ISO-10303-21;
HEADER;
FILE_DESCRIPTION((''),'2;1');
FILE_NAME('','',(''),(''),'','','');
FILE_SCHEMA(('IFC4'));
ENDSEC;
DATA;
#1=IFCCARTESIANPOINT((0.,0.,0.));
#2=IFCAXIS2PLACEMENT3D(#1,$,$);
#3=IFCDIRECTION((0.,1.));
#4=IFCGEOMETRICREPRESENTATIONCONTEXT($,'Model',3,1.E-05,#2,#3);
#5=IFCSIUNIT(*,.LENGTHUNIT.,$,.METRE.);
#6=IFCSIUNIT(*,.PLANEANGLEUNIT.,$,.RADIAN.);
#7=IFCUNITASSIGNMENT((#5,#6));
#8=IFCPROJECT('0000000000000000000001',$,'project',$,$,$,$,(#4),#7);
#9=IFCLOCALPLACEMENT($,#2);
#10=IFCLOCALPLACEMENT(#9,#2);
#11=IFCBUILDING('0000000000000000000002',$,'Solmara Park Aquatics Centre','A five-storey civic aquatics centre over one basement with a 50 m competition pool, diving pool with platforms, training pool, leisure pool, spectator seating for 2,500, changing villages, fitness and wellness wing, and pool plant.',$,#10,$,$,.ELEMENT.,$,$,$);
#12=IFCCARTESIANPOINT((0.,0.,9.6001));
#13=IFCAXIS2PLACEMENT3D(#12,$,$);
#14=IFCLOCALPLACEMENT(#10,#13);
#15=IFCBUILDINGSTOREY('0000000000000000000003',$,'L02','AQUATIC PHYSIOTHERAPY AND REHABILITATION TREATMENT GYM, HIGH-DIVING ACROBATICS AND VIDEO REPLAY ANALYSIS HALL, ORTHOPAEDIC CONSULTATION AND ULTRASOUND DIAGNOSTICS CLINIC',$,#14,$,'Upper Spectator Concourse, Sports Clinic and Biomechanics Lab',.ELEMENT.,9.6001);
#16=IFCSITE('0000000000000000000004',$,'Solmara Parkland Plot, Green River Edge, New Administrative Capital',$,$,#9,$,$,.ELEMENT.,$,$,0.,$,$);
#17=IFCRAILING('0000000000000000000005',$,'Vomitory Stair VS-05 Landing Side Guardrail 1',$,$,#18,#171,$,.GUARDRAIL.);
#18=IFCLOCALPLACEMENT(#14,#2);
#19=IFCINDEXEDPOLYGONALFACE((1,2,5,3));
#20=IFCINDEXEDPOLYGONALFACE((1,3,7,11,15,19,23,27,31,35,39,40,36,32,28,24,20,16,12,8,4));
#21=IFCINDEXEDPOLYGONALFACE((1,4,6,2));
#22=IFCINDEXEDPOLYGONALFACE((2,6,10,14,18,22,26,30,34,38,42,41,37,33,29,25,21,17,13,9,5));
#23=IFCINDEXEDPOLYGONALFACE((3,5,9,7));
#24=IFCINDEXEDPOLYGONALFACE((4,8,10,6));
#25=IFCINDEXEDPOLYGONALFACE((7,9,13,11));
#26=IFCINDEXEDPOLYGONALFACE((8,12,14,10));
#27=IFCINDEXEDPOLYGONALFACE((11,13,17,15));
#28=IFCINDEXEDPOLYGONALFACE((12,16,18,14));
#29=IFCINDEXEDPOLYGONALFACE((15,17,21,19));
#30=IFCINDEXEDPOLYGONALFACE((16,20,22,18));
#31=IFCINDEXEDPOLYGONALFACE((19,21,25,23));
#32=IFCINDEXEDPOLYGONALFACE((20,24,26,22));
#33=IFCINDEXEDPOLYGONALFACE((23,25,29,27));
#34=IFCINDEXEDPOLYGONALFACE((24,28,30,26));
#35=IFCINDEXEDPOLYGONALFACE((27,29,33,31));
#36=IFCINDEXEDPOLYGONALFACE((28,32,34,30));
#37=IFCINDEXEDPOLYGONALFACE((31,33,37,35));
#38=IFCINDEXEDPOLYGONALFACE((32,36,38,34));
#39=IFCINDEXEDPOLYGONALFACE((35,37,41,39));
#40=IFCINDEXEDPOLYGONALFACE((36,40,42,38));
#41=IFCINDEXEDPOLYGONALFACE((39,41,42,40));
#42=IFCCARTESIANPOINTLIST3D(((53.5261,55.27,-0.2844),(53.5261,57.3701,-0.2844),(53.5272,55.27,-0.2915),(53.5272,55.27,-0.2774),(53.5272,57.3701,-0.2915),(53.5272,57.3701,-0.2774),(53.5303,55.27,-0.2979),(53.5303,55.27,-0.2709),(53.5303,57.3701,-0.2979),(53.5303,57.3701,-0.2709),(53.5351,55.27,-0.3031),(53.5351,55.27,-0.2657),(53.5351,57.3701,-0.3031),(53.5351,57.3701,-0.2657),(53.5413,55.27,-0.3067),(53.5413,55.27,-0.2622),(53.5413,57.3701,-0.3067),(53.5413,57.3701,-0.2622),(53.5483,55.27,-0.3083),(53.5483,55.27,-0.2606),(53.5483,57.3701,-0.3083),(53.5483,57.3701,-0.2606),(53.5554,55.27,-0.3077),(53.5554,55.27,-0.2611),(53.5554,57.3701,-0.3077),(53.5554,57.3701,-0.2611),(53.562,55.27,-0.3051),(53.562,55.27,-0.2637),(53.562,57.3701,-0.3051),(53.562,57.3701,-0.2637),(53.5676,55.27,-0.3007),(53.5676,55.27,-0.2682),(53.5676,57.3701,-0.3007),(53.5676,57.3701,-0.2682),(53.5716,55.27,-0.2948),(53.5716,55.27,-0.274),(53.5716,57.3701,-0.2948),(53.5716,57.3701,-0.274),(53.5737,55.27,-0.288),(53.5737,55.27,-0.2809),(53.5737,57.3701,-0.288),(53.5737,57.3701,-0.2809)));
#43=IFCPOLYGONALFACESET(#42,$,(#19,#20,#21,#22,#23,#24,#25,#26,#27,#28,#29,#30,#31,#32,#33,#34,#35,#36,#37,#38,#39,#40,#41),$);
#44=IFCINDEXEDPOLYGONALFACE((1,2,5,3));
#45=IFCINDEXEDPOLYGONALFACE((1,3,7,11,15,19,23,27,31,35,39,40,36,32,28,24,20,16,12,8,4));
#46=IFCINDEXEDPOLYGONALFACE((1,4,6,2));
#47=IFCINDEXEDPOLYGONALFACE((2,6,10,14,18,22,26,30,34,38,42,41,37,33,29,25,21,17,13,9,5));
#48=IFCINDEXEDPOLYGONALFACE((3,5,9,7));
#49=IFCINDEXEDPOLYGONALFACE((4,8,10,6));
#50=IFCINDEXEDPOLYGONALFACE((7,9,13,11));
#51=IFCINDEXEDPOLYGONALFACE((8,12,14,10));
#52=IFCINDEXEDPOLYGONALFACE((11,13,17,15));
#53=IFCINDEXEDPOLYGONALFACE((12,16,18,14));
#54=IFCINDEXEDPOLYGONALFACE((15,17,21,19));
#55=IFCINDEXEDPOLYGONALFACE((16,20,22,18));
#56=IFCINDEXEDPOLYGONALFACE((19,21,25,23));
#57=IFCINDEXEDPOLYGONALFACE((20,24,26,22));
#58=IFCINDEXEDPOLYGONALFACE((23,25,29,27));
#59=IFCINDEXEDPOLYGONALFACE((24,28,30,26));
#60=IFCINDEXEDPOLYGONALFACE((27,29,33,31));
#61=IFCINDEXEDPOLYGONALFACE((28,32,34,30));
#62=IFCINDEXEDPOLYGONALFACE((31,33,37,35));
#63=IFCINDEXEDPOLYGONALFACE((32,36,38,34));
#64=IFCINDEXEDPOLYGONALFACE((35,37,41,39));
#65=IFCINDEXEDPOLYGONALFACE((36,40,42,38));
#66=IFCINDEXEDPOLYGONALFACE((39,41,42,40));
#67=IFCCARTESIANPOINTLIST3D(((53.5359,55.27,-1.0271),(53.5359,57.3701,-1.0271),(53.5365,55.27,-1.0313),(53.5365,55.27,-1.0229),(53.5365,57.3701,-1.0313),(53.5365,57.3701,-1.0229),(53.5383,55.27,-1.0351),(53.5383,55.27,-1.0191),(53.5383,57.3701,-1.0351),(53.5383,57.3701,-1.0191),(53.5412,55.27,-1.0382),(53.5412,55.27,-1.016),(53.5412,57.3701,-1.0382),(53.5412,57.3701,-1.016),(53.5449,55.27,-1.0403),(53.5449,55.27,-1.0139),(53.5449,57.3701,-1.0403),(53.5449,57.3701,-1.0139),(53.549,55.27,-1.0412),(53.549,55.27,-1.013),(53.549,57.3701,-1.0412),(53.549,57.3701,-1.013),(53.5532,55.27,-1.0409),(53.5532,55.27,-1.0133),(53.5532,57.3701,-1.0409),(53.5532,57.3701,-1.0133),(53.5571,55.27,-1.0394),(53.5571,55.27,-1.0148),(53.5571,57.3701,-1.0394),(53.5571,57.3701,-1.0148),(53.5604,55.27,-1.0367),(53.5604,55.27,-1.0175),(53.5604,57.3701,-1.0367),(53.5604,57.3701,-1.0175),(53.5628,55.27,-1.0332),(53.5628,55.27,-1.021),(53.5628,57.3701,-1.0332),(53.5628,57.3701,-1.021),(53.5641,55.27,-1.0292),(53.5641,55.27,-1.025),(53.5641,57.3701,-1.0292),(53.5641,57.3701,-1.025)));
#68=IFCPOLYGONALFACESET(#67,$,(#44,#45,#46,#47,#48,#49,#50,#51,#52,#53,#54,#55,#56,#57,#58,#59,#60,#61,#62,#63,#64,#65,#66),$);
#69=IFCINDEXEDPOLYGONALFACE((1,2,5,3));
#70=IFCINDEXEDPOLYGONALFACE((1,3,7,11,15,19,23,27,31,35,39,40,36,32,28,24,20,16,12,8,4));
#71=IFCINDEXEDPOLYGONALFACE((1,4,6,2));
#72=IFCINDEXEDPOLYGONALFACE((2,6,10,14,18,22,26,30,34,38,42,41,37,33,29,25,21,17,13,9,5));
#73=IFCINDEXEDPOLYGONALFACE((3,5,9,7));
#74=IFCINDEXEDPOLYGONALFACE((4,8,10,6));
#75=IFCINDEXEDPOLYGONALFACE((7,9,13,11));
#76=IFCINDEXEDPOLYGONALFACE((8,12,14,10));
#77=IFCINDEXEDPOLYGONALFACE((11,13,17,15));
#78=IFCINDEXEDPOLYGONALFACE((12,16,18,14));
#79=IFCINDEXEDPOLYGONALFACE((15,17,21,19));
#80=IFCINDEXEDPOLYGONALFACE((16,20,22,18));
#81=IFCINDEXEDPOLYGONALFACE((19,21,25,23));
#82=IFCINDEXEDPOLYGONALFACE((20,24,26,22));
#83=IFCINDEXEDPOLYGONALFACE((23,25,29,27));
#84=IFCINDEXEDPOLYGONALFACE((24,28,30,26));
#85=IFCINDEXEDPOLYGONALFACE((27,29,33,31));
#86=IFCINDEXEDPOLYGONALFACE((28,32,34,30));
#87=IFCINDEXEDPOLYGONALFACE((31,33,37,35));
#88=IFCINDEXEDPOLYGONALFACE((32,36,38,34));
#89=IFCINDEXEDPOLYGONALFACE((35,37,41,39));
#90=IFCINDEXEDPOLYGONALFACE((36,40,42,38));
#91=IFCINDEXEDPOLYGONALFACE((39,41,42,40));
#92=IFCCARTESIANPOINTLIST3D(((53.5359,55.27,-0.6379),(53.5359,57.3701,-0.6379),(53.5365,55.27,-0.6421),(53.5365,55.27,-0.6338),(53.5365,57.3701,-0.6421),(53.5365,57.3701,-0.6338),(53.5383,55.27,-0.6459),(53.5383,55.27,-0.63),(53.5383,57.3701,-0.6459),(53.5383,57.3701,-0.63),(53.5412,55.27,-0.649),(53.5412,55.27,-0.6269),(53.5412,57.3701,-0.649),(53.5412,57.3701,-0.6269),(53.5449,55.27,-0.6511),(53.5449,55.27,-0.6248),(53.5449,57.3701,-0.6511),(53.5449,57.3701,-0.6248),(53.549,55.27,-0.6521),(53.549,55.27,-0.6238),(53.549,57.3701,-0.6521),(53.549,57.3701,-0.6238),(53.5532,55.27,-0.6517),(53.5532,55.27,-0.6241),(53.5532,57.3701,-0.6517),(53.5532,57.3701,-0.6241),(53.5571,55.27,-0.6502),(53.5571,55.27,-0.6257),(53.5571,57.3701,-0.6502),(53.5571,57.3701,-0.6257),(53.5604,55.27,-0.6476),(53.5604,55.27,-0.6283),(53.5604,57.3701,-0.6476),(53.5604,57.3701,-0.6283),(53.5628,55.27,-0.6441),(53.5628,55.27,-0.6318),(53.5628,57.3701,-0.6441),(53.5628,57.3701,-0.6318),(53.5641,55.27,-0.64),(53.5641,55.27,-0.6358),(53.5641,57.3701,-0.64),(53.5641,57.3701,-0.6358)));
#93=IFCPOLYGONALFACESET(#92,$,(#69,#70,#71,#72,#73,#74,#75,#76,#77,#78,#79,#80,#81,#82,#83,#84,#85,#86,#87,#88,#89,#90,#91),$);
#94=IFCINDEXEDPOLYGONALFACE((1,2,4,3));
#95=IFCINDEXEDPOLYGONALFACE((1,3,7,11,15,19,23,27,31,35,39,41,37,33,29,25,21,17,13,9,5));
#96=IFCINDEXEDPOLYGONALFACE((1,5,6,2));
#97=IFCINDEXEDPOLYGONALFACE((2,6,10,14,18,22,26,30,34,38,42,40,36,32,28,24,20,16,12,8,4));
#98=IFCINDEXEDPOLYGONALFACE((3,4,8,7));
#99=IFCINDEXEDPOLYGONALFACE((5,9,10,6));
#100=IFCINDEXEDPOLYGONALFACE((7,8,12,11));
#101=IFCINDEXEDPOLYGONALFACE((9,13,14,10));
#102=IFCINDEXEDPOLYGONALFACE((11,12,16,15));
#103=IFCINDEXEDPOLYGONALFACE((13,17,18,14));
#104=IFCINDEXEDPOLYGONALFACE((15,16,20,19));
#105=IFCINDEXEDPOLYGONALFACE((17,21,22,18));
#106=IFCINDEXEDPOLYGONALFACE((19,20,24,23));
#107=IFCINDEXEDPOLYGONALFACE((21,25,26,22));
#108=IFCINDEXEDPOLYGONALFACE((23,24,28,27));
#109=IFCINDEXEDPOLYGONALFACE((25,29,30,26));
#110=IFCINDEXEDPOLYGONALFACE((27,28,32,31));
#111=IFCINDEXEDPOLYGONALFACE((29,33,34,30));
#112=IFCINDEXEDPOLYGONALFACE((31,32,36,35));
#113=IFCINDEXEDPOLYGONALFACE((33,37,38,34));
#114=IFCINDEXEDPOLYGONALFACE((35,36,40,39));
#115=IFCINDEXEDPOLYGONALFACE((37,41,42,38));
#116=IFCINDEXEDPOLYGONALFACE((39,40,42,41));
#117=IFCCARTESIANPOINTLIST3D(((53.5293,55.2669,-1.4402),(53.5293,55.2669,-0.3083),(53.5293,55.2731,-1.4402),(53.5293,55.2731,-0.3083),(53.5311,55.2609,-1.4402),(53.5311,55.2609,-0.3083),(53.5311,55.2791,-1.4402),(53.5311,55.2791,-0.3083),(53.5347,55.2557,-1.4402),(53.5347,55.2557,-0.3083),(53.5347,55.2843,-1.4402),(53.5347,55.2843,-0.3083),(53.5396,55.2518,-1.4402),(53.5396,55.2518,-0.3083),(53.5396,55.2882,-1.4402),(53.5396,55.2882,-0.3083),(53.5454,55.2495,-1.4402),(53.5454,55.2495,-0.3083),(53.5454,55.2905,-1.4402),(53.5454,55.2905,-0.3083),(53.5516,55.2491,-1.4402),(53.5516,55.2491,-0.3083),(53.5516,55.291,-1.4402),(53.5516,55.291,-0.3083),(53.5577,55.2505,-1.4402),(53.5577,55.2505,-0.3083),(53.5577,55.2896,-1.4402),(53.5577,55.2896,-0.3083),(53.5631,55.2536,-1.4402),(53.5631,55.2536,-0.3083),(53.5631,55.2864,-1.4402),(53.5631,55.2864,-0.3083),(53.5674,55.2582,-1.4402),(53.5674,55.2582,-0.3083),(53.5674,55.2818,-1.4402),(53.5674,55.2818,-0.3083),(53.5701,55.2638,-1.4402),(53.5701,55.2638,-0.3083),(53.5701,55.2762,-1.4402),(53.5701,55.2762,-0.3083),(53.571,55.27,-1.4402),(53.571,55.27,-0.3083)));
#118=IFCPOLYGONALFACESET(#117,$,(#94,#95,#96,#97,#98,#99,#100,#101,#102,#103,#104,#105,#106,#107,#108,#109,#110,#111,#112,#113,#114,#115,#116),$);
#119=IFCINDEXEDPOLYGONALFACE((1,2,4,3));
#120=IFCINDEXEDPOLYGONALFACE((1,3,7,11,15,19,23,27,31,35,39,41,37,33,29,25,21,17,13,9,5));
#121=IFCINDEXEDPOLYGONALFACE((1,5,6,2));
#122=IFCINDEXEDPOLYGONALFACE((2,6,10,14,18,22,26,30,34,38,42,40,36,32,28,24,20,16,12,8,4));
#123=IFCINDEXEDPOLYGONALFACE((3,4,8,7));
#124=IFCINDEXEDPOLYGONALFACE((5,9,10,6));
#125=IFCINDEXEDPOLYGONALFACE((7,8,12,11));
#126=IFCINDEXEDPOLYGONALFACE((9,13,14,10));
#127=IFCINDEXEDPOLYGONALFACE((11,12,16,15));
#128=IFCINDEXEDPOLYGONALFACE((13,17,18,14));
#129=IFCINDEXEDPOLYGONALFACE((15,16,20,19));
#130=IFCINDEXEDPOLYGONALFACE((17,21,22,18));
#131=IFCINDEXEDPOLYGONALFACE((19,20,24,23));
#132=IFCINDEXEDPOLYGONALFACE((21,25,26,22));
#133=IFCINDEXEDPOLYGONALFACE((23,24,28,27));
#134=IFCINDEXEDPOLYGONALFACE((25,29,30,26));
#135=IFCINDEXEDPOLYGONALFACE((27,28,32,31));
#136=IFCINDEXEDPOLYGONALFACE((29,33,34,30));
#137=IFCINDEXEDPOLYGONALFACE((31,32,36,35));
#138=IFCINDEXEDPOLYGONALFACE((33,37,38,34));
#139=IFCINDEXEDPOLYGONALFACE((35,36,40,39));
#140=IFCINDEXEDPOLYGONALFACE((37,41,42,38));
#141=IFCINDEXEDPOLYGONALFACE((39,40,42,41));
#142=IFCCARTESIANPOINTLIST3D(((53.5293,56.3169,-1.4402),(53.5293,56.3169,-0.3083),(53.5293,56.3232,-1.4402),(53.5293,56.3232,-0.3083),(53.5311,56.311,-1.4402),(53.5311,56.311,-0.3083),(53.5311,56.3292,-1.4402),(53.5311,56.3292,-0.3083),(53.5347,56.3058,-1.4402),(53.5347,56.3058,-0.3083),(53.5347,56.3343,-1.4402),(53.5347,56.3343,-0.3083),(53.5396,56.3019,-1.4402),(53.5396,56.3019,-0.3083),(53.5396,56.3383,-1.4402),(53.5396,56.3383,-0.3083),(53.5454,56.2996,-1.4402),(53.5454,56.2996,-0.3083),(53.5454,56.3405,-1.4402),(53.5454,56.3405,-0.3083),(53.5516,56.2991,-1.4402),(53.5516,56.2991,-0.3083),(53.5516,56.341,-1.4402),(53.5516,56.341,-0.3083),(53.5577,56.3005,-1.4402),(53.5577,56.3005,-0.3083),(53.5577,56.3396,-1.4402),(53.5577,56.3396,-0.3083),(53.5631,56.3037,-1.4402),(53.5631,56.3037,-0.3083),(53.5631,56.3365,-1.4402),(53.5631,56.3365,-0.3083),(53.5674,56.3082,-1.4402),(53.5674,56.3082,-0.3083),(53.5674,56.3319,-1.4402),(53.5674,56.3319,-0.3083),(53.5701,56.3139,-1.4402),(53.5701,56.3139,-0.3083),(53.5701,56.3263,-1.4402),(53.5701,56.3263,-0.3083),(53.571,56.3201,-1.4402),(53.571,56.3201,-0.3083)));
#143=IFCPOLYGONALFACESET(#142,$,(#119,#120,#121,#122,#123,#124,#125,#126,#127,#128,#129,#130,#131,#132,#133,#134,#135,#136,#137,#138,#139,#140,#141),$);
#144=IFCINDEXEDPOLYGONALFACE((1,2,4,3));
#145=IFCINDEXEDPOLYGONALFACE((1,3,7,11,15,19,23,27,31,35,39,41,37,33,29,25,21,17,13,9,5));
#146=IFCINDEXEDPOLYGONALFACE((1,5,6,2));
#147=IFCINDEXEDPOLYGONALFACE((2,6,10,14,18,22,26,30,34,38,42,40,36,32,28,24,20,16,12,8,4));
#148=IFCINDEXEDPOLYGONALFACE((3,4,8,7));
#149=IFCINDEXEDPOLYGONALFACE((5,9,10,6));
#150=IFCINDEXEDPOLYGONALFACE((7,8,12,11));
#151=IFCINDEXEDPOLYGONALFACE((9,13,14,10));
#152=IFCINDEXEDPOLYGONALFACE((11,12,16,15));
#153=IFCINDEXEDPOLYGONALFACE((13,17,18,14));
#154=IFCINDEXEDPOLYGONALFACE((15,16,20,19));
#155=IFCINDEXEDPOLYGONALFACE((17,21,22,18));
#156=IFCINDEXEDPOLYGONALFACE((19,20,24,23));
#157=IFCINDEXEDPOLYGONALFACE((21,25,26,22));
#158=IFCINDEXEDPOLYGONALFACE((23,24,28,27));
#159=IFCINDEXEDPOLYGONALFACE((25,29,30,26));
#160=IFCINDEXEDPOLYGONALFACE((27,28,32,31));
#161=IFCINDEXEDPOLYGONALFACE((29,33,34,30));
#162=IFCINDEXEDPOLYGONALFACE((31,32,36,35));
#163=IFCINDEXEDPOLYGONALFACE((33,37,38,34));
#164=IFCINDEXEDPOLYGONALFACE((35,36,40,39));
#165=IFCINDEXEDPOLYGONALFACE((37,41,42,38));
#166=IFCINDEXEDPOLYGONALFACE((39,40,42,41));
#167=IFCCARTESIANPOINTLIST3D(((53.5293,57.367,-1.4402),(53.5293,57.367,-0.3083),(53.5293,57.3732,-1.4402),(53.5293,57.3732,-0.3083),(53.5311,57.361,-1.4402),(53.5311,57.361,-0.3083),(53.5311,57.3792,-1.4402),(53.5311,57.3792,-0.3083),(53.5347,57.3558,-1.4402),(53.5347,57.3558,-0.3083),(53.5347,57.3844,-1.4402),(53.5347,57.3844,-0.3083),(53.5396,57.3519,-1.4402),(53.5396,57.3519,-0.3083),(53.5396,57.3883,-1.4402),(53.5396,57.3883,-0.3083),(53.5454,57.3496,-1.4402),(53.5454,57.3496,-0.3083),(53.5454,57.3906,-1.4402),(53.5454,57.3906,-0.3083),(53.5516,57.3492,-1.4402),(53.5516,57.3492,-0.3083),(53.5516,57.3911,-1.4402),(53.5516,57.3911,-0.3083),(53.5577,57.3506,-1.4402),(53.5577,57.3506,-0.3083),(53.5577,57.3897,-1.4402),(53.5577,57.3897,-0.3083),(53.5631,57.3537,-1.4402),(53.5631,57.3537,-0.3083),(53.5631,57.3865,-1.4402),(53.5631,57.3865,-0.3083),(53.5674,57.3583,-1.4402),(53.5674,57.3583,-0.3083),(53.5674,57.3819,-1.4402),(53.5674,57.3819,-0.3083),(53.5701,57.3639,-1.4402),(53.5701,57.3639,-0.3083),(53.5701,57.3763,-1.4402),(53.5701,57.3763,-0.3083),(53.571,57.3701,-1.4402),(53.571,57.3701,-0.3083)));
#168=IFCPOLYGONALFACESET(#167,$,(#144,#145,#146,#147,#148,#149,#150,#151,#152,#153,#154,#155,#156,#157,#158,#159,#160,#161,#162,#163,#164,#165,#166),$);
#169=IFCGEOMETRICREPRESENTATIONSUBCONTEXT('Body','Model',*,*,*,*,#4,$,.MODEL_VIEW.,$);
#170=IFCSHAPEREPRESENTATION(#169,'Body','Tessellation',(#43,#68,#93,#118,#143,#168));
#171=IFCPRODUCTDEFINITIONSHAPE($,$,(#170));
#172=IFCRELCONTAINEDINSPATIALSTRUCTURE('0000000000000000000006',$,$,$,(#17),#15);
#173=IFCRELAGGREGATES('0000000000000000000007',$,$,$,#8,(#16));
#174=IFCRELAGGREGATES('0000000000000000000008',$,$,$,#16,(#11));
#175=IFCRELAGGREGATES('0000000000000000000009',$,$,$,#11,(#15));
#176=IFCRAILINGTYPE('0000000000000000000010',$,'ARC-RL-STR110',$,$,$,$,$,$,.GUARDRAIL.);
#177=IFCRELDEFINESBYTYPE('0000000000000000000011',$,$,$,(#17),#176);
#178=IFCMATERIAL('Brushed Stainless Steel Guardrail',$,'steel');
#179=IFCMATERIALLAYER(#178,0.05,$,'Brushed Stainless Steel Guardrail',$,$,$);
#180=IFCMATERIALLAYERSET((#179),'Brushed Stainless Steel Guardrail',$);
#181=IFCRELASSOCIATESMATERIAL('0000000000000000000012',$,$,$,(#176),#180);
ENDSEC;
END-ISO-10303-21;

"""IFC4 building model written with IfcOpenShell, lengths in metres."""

from ifc_helpers import new_model, si_unit, direction, frame, origin, origin_2d, place, context, subcontext, project, spatial, circle, extrude, material, layer, layer_set, type_object, element, save


model = new_model("IFC4")

# Units and contexts
model_context = context("Model", 3, precision=1e-05, world=origin(), true_north=direction((0.0, 1.0)))
body_context = subcontext(model_context, "Body", "Model", "MODEL_VIEW")
ifc_project = project(units=[si_unit("LENGTHUNIT", "METRE"), si_unit("PLANEANGLEUNIT", "RADIAN")], contexts=[model_context])

# Site, building, storey
site_placement = place(None, origin())
site = spatial("IfcSite", under=ifc_project, at=site_placement, Name="Solmara Parkland Plot, Green River Edge, New Administrative Capital", CompositionType="ELEMENT", RefElevation=0.0)
building_placement = place(site_placement, origin())
building = spatial("IfcBuilding", under=site, at=building_placement, Name="Solmara Park Aquatics Centre", Description="A five-storey civic aquatics centre over one basement with a 50 m competition pool, diving pool with platforms, training pool, leisure pool, spectator seating for 2,500, changing villages, fitness and wellness wing, and pool plant.", CompositionType="ELEMENT")
storey_placement = place(building_placement, frame((0.0, 0.0, 9.6001)))
storey = spatial("IfcBuildingStorey", under=building, at=storey_placement, Name="L02", Description="AQUATIC PHYSIOTHERAPY AND REHABILITATION TREATMENT GYM, HIGH-DIVING ACROBATICS AND VIDEO REPLAY ANALYSIS HALL, ORTHOPAEDIC CONSULTATION AND ULTRASOUND DIAGNOSTICS CLINIC", LongName="Upper Spectator Concourse, Sports Clinic and Biomechanics Lab", CompositionType="ELEMENT", Elevation=9.6001)

# Railing
ifc_material_1 = material(Name="Brushed Stainless Steel Guardrail", Category="steel")
ifc_layer_1 = layer(ifc_material_1, 0.05, Name="Brushed Stainless Steel Guardrail")
ifc_layer_set_1 = layer_set([ifc_layer_1], Name="Brushed Stainless Steel Guardrail")
railing_type_1 = type_object("IfcRailingType", Name="ARC-RL-STR110", PredefinedType="GUARDRAIL", material=ifc_layer_set_1)
for number, where, name in (
    (1, (53.55, 55.27, -1.4402), "Vomitory Stair VS-05 Landing Side Guardrail 1"),
):
    element("IfcRailing", number, at=place(storey_placement, frame(where)), inside=storey, type_object=railing_type_1, Name=name, PredefinedType="GUARDRAIL", context=body_context, shape_type="SweptSolid", body=[
        extrude(circle(Radius=0.0239, at=origin_2d()), frame((0.0, 0.0, 1.1558), z_axis=(0.0, 1.0, 0.0), x_axis=(-1.0, 0.0, 0.0)), (0.0, 0.0, 1.0), 2.1001),
        extrude(circle(Radius=0.0142, at=origin_2d()), frame((0.0, 0.0, 0.4131), z_axis=(0.0, 1.0, 0.0), x_axis=(-1.0, 0.0, 0.0)), (0.0, 0.0, 1.0), 2.1001),
        extrude(circle(Radius=0.0142, at=origin_2d()), frame((0.0, 0.0, 0.8022), z_axis=(0.0, 1.0, 0.0), x_axis=(-1.0, 0.0, 0.0)), (0.0, 0.0, 1.0), 2.1001),
        extrude(circle(Radius=0.021, at=origin_2d()), origin(), (0.0, 0.0, 1.0), 1.1318),
        extrude(circle(Radius=0.021, at=origin_2d()), frame((0.0, 1.05, 0.0)), (0.0, 0.0, 1.0), 1.1318),
        extrude(circle(Radius=0.021, at=origin_2d()), frame((0.0, 2.1001, 0.0)), (0.0, 0.0, 1.0), 1.1318),
    ])

save(model, "model.ifc")
